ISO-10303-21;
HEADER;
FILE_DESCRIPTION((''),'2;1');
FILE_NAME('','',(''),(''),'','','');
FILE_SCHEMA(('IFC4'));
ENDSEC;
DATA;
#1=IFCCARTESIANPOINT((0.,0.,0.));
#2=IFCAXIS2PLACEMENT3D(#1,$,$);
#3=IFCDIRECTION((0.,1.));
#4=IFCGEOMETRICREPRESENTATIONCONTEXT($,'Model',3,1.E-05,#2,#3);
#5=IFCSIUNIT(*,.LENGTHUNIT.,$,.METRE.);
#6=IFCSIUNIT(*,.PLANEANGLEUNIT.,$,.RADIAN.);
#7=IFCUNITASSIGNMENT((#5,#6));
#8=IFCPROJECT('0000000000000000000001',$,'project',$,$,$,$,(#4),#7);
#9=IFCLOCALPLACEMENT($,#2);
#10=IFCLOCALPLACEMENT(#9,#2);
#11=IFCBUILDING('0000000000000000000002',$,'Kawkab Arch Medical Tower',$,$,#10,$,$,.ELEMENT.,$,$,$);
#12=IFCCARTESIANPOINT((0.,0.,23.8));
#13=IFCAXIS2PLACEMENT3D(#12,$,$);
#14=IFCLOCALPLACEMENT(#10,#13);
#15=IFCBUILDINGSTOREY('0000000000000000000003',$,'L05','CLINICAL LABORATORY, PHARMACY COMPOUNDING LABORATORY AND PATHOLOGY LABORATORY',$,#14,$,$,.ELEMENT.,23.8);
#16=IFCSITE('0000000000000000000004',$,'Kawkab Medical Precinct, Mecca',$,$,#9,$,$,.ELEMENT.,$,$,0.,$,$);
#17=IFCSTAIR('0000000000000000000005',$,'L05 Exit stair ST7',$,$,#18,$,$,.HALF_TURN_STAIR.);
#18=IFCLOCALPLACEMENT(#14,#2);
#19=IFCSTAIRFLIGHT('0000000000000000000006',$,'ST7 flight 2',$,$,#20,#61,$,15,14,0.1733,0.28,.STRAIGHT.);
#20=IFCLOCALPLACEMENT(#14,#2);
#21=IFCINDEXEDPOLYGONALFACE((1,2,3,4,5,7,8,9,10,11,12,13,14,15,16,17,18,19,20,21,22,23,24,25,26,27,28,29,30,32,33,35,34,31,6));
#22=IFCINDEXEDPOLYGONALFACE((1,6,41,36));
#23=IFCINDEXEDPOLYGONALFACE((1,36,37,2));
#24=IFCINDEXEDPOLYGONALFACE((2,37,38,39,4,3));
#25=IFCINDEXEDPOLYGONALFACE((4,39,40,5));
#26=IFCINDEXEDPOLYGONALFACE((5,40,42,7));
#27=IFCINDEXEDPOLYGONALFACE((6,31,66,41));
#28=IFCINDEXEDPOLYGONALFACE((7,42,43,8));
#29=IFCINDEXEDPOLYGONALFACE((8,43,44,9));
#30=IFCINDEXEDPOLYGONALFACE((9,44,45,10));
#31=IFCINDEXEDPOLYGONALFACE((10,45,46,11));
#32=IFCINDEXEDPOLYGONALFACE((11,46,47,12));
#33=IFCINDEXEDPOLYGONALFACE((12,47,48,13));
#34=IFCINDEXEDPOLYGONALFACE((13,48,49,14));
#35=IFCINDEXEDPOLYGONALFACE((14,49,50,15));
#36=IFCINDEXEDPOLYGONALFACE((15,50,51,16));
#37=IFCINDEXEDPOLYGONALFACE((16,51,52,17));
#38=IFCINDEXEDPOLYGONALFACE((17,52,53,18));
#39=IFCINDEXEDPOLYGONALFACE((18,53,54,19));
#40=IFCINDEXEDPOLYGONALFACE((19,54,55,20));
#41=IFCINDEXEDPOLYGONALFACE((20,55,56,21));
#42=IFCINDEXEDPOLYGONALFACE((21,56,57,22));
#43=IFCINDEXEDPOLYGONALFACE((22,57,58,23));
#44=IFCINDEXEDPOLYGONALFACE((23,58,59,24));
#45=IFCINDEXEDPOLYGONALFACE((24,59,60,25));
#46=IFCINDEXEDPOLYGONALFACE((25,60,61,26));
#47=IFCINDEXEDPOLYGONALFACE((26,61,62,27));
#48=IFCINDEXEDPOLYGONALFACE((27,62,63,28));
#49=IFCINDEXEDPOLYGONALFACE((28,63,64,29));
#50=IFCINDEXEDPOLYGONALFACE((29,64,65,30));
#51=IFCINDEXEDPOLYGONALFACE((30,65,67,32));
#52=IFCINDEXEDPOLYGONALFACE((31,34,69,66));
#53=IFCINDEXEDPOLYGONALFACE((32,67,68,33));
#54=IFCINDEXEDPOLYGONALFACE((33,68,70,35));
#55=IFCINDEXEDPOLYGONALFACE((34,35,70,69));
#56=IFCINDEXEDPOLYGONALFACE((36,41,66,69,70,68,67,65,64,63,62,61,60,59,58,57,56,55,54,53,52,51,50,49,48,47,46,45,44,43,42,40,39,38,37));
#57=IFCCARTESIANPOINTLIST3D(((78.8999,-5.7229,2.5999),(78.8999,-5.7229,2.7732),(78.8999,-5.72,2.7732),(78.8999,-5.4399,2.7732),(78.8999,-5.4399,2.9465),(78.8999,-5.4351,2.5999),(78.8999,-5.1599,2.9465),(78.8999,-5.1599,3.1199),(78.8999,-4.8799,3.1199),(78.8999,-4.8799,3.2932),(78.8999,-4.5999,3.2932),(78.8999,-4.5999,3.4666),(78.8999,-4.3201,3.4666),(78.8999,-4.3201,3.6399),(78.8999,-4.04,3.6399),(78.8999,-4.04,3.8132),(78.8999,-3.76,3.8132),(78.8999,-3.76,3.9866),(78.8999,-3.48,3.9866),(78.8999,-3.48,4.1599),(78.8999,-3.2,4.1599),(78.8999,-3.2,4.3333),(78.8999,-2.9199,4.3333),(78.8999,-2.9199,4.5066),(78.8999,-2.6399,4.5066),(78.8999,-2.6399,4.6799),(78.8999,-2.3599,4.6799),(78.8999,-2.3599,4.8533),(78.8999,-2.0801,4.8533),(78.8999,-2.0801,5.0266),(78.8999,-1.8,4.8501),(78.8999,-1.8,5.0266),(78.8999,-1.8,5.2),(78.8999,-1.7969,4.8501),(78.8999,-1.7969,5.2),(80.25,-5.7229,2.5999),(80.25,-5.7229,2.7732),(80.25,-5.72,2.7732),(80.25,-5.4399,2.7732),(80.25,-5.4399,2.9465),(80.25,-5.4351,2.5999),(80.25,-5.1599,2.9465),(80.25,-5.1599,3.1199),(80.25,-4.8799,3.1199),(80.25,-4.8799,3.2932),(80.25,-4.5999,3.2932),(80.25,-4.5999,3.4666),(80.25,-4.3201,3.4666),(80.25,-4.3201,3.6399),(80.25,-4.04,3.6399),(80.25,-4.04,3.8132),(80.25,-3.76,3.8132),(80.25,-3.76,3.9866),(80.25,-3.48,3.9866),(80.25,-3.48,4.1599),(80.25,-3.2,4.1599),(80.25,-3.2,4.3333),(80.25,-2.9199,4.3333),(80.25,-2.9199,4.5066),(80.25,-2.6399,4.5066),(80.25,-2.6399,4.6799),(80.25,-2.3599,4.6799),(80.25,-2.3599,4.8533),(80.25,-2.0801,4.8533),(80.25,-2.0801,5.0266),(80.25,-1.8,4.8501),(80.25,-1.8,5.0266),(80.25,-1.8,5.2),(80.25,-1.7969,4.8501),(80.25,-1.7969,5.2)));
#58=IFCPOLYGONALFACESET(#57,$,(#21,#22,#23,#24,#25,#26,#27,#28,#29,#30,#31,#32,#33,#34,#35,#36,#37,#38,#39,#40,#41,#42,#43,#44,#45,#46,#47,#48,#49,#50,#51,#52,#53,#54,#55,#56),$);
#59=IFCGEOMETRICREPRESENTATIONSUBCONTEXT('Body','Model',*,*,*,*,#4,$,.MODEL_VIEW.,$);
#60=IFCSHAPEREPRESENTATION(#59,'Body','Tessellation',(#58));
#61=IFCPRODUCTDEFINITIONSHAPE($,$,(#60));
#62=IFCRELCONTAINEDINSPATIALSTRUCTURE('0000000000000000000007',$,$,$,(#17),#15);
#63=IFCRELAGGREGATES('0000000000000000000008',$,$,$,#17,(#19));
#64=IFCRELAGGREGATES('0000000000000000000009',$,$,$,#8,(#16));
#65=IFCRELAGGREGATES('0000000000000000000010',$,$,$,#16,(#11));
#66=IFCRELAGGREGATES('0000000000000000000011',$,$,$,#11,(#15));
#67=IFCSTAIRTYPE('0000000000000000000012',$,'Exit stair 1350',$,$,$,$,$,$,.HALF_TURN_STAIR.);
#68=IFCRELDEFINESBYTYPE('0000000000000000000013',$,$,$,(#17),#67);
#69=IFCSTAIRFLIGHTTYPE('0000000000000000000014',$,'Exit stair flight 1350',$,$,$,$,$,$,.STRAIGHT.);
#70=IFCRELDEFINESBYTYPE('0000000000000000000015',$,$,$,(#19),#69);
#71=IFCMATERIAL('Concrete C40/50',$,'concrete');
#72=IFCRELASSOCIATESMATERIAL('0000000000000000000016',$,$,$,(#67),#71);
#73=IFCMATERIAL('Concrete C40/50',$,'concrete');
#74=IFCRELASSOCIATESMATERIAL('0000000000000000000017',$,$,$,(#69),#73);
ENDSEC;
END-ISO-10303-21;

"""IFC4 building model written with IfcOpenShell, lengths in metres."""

from ifc_helpers import new_model, si_unit, direction, frame, origin, place, context, subcontext, project, spatial, polyline, outline, extrude, material, type_object, element, aggregate, save


model = new_model("IFC4")

# Units and contexts
model_context = context("Model", 3, precision=1e-05, world=origin(), true_north=direction((0.0, 1.0)))
body_context = subcontext(model_context, "Body", "Model", "MODEL_VIEW")
ifc_project = project(units=[si_unit("LENGTHUNIT", "METRE"), si_unit("PLANEANGLEUNIT", "RADIAN")], contexts=[model_context])

# Site, building, storey
site_placement = place(None, origin())
site = spatial("IfcSite", under=ifc_project, at=site_placement, Name="Kawkab Medical Precinct, Mecca", CompositionType="ELEMENT", RefElevation=0.0)
building_placement = place(site_placement, origin())
building = spatial("IfcBuilding", under=site, at=building_placement, Name="Kawkab Arch Medical Tower", CompositionType="ELEMENT")
storey_placement = place(building_placement, frame((0.0, 0.0, 23.8)))
storey = spatial("IfcBuildingStorey", under=building, at=storey_placement, Name="L05", Description="CLINICAL LABORATORY, PHARMACY COMPOUNDING LABORATORY AND PATHOLOGY LABORATORY", CompositionType="ELEMENT", Elevation=23.8)

# Stair, stair flight
ifc_material_1 = material(Name="Concrete C40/50", Category="concrete")
stair_type = type_object("IfcStairType", Name="Exit stair 1350", PredefinedType="HALF_TURN_STAIR", material=ifc_material_1)
stair_placement = place(storey_placement, origin())
stair = element("IfcStair", 1, at=stair_placement, inside=storey, type_object=stair_type, Name="L05 Exit stair ST7", PredefinedType="HALF_TURN_STAIR")
ifc_material_2 = material(Name="Concrete C40/50", Category="concrete")
stair_flight_type = type_object("IfcStairFlightType", Name="Exit stair flight 1350", PredefinedType="STRAIGHT", material=ifc_material_2)
stair_flight_1_placement = place(storey_placement, frame((79.575, -5.72, 2.5999), z_axis=(0.0, 0.0, 1.0), x_axis=(0.0, 1.0, 0.0)))
stair_flight_1 = element("IfcStairFlight", 2, at=stair_flight_1_placement, type_object=stair_flight_type, Name="ST7 flight 2", NumberOfRisers=15, NumberOfTreads=14, PredefinedType="STRAIGHT", RiserHeight=0.1733, TreadLength=0.28, context=body_context, shape_type="SweptSolid", body=[
    extrude(outline(polyline([(-0.0029, 0.0), (-0.0029, 0.1733), (0.0, 0.1733), (0.28, 0.1733), (0.28, 0.3467), (0.5601, 0.3467), (0.5601, 0.52), (0.8401, 0.52), (0.8401, 0.6934), (1.1201, 0.6934), (1.1201, 0.8667), (1.3999, 0.8667), (1.3999, 1.04), (1.6799, 1.04), (1.6799, 1.2134), (1.96, 1.2134), (1.96, 1.3867), (2.24, 1.3867), (2.24, 1.5601), (2.52, 1.5601), (2.52, 1.7334), (2.8, 1.7334), (2.8, 1.9067), (3.0801, 1.9067), (3.0801, 2.0801), (3.3601, 2.0801), (3.3601, 2.2534), (3.6399, 2.2534), (3.6399, 2.4268), (3.9199, 2.4268), (3.9199, 2.6001), (3.9231, 2.6001), (3.9231, 2.2502), (3.9199, 2.2502), (0.2849, 0.0), (-0.0029, 0.0)])), frame((0.0, 0.675, 0.0), z_axis=(0.0, -1.0, 0.0), x_axis=(1.0, 0.0, 0.0)), (0.0, 0.0, 1.0), 1.3501),
])
aggregate(stair, [stair_flight_1])

save(model, "model.ifc")
